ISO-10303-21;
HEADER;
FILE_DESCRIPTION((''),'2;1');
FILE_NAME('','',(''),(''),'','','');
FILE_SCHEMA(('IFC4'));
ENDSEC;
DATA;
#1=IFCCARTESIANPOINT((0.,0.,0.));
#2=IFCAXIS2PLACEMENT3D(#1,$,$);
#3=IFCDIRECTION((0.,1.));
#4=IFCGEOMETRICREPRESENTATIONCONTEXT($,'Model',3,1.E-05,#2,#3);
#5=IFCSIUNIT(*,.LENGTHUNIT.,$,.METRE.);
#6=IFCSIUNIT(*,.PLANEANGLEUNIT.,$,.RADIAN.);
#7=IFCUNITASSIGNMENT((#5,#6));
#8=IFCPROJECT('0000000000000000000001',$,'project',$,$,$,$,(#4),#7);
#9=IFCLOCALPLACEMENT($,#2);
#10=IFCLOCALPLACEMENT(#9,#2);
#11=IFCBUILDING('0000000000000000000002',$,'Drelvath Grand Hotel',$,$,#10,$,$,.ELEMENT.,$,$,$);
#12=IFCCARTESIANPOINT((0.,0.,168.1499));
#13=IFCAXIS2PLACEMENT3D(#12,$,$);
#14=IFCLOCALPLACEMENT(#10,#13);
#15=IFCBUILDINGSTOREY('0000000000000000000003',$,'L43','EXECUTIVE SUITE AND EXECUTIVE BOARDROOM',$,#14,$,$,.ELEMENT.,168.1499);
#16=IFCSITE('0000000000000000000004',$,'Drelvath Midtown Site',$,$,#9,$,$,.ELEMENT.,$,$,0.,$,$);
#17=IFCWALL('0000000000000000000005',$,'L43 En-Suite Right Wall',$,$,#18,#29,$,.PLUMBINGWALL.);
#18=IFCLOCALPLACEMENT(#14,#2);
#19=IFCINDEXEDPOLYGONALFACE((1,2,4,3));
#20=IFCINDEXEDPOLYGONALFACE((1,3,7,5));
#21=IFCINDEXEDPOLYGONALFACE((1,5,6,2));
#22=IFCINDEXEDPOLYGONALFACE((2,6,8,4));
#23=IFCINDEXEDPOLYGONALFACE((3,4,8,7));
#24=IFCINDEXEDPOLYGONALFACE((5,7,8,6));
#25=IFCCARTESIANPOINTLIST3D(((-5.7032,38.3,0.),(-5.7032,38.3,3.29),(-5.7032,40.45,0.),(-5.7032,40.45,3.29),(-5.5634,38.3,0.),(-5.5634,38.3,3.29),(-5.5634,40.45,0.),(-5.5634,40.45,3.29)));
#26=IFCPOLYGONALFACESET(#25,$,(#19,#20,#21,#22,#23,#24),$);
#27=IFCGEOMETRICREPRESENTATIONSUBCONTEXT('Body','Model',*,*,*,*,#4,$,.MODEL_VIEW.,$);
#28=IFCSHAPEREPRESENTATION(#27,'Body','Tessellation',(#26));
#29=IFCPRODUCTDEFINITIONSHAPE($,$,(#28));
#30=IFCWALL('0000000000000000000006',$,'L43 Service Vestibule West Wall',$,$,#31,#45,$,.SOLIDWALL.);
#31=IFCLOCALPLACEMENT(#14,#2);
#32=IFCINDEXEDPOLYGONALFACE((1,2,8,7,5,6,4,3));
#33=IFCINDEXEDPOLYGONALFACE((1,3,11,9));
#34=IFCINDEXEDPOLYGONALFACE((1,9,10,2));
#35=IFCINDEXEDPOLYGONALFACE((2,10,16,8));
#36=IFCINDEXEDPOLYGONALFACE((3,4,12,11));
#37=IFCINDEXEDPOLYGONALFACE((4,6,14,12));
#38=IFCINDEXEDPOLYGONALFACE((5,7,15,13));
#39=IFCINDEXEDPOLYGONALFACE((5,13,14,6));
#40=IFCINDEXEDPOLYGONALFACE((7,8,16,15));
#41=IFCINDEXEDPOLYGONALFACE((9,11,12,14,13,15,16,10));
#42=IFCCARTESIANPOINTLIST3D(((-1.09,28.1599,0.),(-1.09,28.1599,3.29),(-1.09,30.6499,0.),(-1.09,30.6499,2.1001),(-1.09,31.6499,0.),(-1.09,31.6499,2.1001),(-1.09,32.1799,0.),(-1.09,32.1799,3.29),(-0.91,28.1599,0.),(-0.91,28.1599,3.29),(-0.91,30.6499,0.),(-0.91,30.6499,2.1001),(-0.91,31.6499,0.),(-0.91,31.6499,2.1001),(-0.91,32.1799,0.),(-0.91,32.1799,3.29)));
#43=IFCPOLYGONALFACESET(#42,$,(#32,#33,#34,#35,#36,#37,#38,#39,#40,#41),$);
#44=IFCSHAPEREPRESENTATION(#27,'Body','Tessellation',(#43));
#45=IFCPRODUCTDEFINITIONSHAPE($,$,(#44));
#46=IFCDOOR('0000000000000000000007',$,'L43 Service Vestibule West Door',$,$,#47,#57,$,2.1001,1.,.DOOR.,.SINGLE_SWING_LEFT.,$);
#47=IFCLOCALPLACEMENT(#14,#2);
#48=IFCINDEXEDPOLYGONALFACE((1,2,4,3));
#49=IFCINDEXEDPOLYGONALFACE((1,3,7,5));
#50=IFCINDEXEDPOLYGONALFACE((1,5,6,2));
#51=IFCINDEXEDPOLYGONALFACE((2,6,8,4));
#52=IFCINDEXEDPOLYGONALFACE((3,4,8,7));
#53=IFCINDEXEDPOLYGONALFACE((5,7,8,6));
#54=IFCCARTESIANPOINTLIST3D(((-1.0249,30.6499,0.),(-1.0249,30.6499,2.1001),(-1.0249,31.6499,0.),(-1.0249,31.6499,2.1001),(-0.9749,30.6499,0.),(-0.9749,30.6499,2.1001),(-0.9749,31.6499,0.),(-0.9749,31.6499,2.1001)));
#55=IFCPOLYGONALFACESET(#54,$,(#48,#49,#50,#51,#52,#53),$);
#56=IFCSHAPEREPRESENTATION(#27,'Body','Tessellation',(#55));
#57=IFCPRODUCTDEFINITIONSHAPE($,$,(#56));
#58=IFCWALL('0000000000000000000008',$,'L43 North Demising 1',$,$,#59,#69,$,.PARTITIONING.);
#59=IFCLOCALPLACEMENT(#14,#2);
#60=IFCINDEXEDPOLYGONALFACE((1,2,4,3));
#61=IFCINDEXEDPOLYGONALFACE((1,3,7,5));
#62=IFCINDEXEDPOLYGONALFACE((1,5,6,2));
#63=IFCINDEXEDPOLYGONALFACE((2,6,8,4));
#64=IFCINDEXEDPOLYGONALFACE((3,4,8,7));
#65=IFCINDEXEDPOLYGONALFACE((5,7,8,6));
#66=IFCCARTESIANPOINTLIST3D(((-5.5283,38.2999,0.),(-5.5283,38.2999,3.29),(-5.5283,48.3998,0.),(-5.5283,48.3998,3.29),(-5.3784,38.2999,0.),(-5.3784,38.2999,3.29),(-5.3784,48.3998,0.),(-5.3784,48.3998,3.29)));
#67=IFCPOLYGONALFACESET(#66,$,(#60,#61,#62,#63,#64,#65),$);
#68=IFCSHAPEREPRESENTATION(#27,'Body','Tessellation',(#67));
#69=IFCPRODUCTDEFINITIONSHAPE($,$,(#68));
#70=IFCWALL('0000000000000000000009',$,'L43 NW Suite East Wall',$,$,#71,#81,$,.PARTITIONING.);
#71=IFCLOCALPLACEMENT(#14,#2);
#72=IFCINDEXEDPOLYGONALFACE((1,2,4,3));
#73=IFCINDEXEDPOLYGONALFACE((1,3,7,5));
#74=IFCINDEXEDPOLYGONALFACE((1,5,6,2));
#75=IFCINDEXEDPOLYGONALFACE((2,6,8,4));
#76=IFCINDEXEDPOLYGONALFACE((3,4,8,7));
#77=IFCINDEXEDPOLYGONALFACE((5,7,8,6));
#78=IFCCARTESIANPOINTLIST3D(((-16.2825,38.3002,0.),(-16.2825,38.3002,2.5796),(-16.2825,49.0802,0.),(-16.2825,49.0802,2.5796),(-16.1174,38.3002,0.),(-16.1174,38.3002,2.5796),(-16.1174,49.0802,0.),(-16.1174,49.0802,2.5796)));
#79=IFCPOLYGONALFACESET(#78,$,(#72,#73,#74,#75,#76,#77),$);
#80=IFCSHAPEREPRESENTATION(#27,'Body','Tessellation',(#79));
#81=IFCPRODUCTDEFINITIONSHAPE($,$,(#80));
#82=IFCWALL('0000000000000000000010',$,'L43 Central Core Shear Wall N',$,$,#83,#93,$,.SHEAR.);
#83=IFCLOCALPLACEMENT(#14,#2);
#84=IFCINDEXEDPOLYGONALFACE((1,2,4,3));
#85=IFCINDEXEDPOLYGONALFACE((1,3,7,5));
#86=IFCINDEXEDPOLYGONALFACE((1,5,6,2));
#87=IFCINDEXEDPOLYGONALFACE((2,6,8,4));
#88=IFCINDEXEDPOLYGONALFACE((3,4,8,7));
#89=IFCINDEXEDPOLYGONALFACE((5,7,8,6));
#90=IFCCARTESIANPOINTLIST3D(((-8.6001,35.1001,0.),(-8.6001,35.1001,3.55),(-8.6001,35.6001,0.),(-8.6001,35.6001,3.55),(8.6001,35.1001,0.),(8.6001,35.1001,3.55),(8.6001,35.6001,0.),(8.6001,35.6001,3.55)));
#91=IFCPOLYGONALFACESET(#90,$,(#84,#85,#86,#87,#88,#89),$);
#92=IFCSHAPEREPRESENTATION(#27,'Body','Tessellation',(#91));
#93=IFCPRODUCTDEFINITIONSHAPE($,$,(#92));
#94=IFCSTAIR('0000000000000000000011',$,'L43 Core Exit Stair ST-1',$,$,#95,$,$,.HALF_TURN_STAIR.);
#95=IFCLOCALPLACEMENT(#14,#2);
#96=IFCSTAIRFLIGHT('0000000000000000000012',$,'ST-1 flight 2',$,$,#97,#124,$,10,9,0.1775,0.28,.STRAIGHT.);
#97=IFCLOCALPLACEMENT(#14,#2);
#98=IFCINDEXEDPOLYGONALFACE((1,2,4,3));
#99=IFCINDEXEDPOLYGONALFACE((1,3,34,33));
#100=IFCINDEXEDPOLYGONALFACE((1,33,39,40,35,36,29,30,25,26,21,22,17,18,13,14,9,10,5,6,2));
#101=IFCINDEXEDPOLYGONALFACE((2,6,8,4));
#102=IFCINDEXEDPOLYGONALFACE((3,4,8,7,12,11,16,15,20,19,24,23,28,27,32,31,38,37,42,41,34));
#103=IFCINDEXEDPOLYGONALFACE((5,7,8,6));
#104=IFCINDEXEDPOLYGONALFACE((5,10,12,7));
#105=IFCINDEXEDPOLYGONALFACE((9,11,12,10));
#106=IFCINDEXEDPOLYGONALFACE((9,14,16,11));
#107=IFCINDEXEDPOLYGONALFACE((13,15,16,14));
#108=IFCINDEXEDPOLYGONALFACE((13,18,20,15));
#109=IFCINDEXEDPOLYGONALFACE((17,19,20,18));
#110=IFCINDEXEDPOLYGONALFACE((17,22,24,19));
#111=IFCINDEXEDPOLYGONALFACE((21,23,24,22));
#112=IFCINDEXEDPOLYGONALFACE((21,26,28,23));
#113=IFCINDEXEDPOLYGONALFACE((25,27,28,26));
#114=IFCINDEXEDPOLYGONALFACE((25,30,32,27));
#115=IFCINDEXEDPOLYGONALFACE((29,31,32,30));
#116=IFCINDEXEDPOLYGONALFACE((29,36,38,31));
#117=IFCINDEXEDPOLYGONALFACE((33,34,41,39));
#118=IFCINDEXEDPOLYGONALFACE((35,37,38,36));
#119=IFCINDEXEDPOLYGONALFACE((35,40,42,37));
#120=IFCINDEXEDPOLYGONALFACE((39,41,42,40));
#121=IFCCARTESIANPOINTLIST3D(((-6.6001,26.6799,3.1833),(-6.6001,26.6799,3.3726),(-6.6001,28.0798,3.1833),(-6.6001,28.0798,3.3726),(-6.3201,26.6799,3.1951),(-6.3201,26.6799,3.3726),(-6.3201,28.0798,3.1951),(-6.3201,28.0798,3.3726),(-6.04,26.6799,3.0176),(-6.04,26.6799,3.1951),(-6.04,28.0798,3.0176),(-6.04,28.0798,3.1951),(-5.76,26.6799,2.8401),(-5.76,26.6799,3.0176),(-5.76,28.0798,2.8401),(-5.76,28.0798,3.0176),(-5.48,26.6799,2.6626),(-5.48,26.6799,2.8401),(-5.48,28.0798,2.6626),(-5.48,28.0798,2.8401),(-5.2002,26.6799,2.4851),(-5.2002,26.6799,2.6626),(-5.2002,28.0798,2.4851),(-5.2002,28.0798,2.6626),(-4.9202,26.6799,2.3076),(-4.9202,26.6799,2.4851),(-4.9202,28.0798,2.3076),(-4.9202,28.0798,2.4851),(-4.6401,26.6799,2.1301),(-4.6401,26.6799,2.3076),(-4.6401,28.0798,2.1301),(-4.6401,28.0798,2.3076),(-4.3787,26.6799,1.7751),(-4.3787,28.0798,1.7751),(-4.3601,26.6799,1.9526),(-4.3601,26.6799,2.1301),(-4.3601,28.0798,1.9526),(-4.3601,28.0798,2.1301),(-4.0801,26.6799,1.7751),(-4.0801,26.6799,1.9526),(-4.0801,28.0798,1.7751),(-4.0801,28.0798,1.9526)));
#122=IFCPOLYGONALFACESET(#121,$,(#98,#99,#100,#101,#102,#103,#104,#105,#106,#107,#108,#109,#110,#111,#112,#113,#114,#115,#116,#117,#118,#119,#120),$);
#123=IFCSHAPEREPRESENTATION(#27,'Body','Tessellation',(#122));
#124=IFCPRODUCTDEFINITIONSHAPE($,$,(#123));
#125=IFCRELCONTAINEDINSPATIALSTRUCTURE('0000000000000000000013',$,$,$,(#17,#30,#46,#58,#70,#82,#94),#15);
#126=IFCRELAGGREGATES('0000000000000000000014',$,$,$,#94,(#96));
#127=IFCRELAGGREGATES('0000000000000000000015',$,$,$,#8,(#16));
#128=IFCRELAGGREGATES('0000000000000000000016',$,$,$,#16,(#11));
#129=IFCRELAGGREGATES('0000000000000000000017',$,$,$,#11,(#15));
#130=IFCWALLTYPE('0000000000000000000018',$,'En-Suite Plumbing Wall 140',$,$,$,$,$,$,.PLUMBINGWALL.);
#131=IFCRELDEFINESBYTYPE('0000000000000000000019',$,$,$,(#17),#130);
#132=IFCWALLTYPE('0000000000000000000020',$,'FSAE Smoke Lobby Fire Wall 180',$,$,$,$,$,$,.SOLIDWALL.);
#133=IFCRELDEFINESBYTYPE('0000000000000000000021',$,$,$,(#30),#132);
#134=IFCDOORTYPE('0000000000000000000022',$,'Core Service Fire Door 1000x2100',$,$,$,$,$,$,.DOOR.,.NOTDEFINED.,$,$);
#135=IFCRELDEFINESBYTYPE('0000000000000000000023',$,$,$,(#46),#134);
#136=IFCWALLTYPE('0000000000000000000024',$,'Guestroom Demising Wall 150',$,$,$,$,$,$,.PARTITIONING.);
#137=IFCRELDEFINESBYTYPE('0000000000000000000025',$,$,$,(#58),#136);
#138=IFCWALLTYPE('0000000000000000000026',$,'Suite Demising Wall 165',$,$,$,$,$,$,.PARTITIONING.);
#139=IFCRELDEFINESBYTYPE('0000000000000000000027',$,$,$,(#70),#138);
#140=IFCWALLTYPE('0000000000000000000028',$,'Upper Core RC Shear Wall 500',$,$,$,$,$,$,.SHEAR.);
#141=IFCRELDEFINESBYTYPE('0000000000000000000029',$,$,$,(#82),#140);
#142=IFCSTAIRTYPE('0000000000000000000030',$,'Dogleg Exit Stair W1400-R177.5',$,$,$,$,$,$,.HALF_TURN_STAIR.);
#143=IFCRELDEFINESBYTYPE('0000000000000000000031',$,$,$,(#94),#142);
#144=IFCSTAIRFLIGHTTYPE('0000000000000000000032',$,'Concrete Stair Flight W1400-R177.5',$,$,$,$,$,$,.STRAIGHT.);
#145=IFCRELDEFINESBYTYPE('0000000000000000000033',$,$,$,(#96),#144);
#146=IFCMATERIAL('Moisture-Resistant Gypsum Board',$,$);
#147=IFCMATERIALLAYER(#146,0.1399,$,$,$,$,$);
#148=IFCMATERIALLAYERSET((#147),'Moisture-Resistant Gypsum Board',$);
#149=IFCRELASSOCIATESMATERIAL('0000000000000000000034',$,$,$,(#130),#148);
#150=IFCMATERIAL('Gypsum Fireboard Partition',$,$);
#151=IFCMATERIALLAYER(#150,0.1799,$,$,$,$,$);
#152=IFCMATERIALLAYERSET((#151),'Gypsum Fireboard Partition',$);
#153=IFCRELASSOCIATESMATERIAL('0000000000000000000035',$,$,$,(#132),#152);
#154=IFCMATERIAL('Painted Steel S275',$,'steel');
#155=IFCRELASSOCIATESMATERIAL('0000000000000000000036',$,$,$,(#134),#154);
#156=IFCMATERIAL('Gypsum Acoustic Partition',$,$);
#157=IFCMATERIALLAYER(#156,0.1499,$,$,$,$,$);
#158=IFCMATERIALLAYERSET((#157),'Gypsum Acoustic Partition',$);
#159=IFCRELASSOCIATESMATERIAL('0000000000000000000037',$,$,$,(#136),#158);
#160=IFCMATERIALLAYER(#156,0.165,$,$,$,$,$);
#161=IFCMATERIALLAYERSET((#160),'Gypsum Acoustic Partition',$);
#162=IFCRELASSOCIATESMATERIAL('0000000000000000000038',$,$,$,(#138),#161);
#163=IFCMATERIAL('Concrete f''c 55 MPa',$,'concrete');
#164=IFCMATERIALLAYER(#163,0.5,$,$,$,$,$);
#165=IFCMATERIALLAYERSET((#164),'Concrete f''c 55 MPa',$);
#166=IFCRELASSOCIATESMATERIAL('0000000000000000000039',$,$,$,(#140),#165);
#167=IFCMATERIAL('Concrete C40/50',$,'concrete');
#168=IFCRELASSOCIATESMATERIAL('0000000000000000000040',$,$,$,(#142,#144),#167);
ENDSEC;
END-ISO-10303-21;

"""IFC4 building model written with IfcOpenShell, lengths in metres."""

from ifc_helpers import new_model, si_unit, direction, frame, frame_2d, origin, place, context, subcontext, project, spatial, polyline, rectangle, outline, extrude, material, layer, layer_set, type_object, element, fill, aggregate, save


model = new_model("IFC4")

# Units and contexts
model_context = context("Model", 3, precision=1e-05, world=origin(), true_north=direction((0.0, 1.0)))
body_context = subcontext(model_context, "Body", "Model", "MODEL_VIEW")
ifc_project = project(units=[si_unit("LENGTHUNIT", "METRE"), si_unit("PLANEANGLEUNIT", "RADIAN")], contexts=[model_context])

# Site, building, storey
site_placement = place(None, origin())
site = spatial("IfcSite", under=ifc_project, at=site_placement, Name="Drelvath Midtown Site", CompositionType="ELEMENT", RefElevation=0.0)
building_placement = place(site_placement, origin())
building = spatial("IfcBuilding", under=site, at=building_placement, Name="Drelvath Grand Hotel", CompositionType="ELEMENT")
storey_placement = place(building_placement, frame((0.0, 0.0, 168.1499)))
storey = spatial("IfcBuildingStorey", under=building, at=storey_placement, Name="L43", Description="EXECUTIVE SUITE AND EXECUTIVE BOARDROOM", CompositionType="ELEMENT", Elevation=168.1499)

# Shared definitions
ifc_material_1 = material(Name="Concrete f'c 55 MPa", Category="concrete")

# Shared definitions
ifc_material_2 = material(Name="Painted Steel S275", Category="steel")

# Shared definitions
ifc_material_3 = material(Name="Concrete C40/50", Category="concrete")

# Shared definitions
ifc_material_4 = material(Name="Gypsum Fireboard Partition")

# Wall
ifc_material_5 = material(Name="Moisture-Resistant Gypsum Board")
ifc_layer_1 = layer(ifc_material_5, 0.1399)
ifc_layer_set_1 = layer_set([ifc_layer_1], Name="Moisture-Resistant Gypsum Board")
wall_type_1 = type_object("IfcWallType", Name="En-Suite Plumbing Wall 140", PredefinedType="PLUMBINGWALL", material=ifc_layer_set_1)
for number, where, z_axis, x_axis, name in (
    (1, (-5.6333, 38.3, 0.0), (0.0, 0.0, 1.0), (0.0, 1.0, 0.0), "L43 En-Suite Right Wall"),
):
    element("IfcWall", number, at=place(storey_placement, frame(where, z_axis=z_axis, x_axis=x_axis)), inside=storey, type_object=wall_type_1, Name=name, PredefinedType="PLUMBINGWALL", context=body_context, shape_type="SweptSolid", body=[
        extrude(rectangle(XDim=2.1499, YDim=0.1399, at=frame_2d((1.075, 0.0))), origin(), (0.0, 0.0, 1.0), 3.29),
    ])

# Wall, opening, door
ifc_layer_2 = layer(ifc_material_4, 0.1799)
ifc_layer_set_2 = layer_set([ifc_layer_2], Name="Gypsum Fireboard Partition")
wall_type_2 = type_object("IfcWallType", Name="FSAE Smoke Lobby Fire Wall 180", PredefinedType="SOLIDWALL", material=ifc_layer_set_2)
wall_1_placement = place(storey_placement, frame((-1.0, 28.1599, 0.0), z_axis=(0.0, 0.0, 1.0), x_axis=(0.0, 1.0, 0.0)))
wall_1 = element("IfcWall", 2, at=wall_1_placement, inside=storey, type_object=wall_type_2, Name="L43 Service Vestibule West Wall", PredefinedType="SOLIDWALL", context=body_context, shape_type="SweptSolid", body=[
    extrude(rectangle(XDim=4.02, YDim=0.1799, at=frame_2d((2.01, 0.0))), origin(), (0.0, 0.0, 1.0), 3.29),
])
opening_1_placement = place(wall_1_placement, frame((2.49, 0.0, 0.0)))
opening_1 = element("IfcOpeningElement", 3, at=opening_1_placement, cuts=wall_1, PredefinedType="OPENING", context=body_context, shape_type="SweptSolid", body=[
    extrude(rectangle(XDim=1.0, YDim=2.1001, at=frame_2d((0.5, 1.05))), frame((0.0, 0.0999, 0.0), z_axis=(0.0, -1.0, 0.0), x_axis=(1.0, 0.0, 0.0)), (0.0, 0.0, 1.0), 0.2),
])
door_type_1 = type_object("IfcDoorType", Name="Core Service Fire Door 1000x2100", OperationType="NOTDEFINED", PredefinedType="DOOR", material=ifc_material_2)
door_1_placement = place(opening_1_placement, origin())
door_1 = element("IfcDoor", 4, at=door_1_placement, inside=storey, type_object=door_type_1, Name="L43 Service Vestibule West Door", OperationType="SINGLE_SWING_LEFT", OverallHeight=2.1001, OverallWidth=1.0, PredefinedType="DOOR", context=body_context, shape_type="SweptSolid", body=[
    extrude(rectangle(XDim=1.0, YDim=2.1001, at=frame_2d((0.5, 1.05))), frame((0.0, 0.0249, 0.0), z_axis=(0.0, -1.0, 0.0), x_axis=(1.0, 0.0, 0.0)), (0.0, 0.0, 1.0), 0.05),
])
fill(opening_1, door_1)

# Walls
ifc_material_6 = material(Name="Gypsum Acoustic Partition")
ifc_layer_3 = layer(ifc_material_6, 0.1499)
ifc_layer_set_3 = layer_set([ifc_layer_3], Name="Gypsum Acoustic Partition")
wall_type_3 = type_object("IfcWallType", Name="Guestroom Demising Wall 150", PredefinedType="PARTITIONING", material=ifc_layer_set_3)
wall_2_placement = place(storey_placement, frame((-5.4534, 38.3, 0.0), z_axis=(0.0, 0.0, 1.0), x_axis=(0.0, 1.0, 0.0)))
element("IfcWall", 5, at=wall_2_placement, inside=storey, type_object=wall_type_3, Name="L43 North Demising 1", PredefinedType="PARTITIONING", context=body_context, shape_type="SweptSolid", body=[
    extrude(rectangle(XDim=10.0999, YDim=0.1499, at=frame_2d((5.0498, 0.0))), origin(), (0.0, 0.0, 1.0), 3.29),
])
ifc_layer_4 = layer(ifc_material_6, 0.165)
ifc_layer_set_4 = layer_set([ifc_layer_4], Name="Gypsum Acoustic Partition")
wall_type_4 = type_object("IfcWallType", Name="Suite Demising Wall 165", PredefinedType="PARTITIONING", material=ifc_layer_set_4)
wall_3_placement = place(storey_placement, frame((-16.2, 38.3, 0.0), z_axis=(0.0, 0.0, 1.0), x_axis=(0.0, 1.0, 0.0)))
element("IfcWall", 6, at=wall_3_placement, inside=storey, type_object=wall_type_4, Name="L43 NW Suite East Wall", PredefinedType="PARTITIONING", context=body_context, shape_type="SweptSolid", body=[
    extrude(rectangle(XDim=10.78, YDim=0.165, at=frame_2d((5.3901, 0.0))), origin(), (0.0, 0.0, 1.0), 2.5796),
])
ifc_layer_5 = layer(ifc_material_1, 0.5)
ifc_layer_set_5 = layer_set([ifc_layer_5], Name="Concrete f'c 55 MPa")
wall_type_5 = type_object("IfcWallType", Name="Upper Core RC Shear Wall 500", PredefinedType="SHEAR", material=ifc_layer_set_5)
wall_4_placement = place(storey_placement, frame((-8.6001, 35.3501, 0.0), z_axis=(0.0, 0.0, 1.0), x_axis=(1.0, 0.0, 0.0)))
element("IfcWall", 7, at=wall_4_placement, inside=storey, type_object=wall_type_5, Name="L43 Central Core Shear Wall N", PredefinedType="SHEAR", context=body_context, shape_type="SweptSolid", body=[
    extrude(rectangle(XDim=17.2002, YDim=0.5, at=frame_2d((8.6001, 0.0))), origin(), (0.0, 0.0, 1.0), 3.55),
])

# Stair, stair flight
stair_type = type_object("IfcStairType", Name="Dogleg Exit Stair W1400-R177.5", PredefinedType="HALF_TURN_STAIR", material=ifc_material_3)
stair_placement = place(storey_placement, origin())
stair = element("IfcStair", 8, at=stair_placement, inside=storey, type_object=stair_type, Name="L43 Core Exit Stair ST-1", PredefinedType="HALF_TURN_STAIR")
stair_flight_type = type_object("IfcStairFlightType", Name="Concrete Stair Flight W1400-R177.5", PredefinedType="STRAIGHT", material=ifc_material_3)
stair_flight_placement = place(storey_placement, frame((-4.0801, 27.3799, 1.7751), z_axis=(0.0, 0.0, 1.0), x_axis=(-1.0, 0.0, 0.0)))
stair_flight = element("IfcStairFlight", 9, at=stair_flight_placement, type_object=stair_flight_type, Name="ST-1 flight 2", NumberOfRisers=10, NumberOfTreads=9, PredefinedType="STRAIGHT", RiserHeight=0.1775, TreadLength=0.28, context=body_context, shape_type="SweptSolid", body=[
    extrude(outline(polyline([(0.0, 0.0), (0.0, 0.1775), (0.28, 0.1775), (0.28, 0.355), (0.5601, 0.355), (0.5601, 0.5325), (0.8401, 0.5325), (0.8401, 0.71), (1.1201, 0.71), (1.1201, 0.8875), (1.3999, 0.8875), (1.3999, 1.0649), (1.6799, 1.0649), (1.6799, 1.2424), (1.96, 1.2424), (1.96, 1.4199), (2.24, 1.4199), (2.24, 1.5974), (2.52, 1.5974), (2.52, 1.7749), (2.52, 1.4082), (0.2986, 0.0), (0.0, 0.0)])), frame((0.0, 0.7, 0.0), z_axis=(0.0, -1.0, 0.0), x_axis=(1.0, 0.0, 0.0)), (0.0, 0.0, 1.0), 1.3999),
])
aggregate(stair, [stair_flight])

save(model, "model.ifc")
